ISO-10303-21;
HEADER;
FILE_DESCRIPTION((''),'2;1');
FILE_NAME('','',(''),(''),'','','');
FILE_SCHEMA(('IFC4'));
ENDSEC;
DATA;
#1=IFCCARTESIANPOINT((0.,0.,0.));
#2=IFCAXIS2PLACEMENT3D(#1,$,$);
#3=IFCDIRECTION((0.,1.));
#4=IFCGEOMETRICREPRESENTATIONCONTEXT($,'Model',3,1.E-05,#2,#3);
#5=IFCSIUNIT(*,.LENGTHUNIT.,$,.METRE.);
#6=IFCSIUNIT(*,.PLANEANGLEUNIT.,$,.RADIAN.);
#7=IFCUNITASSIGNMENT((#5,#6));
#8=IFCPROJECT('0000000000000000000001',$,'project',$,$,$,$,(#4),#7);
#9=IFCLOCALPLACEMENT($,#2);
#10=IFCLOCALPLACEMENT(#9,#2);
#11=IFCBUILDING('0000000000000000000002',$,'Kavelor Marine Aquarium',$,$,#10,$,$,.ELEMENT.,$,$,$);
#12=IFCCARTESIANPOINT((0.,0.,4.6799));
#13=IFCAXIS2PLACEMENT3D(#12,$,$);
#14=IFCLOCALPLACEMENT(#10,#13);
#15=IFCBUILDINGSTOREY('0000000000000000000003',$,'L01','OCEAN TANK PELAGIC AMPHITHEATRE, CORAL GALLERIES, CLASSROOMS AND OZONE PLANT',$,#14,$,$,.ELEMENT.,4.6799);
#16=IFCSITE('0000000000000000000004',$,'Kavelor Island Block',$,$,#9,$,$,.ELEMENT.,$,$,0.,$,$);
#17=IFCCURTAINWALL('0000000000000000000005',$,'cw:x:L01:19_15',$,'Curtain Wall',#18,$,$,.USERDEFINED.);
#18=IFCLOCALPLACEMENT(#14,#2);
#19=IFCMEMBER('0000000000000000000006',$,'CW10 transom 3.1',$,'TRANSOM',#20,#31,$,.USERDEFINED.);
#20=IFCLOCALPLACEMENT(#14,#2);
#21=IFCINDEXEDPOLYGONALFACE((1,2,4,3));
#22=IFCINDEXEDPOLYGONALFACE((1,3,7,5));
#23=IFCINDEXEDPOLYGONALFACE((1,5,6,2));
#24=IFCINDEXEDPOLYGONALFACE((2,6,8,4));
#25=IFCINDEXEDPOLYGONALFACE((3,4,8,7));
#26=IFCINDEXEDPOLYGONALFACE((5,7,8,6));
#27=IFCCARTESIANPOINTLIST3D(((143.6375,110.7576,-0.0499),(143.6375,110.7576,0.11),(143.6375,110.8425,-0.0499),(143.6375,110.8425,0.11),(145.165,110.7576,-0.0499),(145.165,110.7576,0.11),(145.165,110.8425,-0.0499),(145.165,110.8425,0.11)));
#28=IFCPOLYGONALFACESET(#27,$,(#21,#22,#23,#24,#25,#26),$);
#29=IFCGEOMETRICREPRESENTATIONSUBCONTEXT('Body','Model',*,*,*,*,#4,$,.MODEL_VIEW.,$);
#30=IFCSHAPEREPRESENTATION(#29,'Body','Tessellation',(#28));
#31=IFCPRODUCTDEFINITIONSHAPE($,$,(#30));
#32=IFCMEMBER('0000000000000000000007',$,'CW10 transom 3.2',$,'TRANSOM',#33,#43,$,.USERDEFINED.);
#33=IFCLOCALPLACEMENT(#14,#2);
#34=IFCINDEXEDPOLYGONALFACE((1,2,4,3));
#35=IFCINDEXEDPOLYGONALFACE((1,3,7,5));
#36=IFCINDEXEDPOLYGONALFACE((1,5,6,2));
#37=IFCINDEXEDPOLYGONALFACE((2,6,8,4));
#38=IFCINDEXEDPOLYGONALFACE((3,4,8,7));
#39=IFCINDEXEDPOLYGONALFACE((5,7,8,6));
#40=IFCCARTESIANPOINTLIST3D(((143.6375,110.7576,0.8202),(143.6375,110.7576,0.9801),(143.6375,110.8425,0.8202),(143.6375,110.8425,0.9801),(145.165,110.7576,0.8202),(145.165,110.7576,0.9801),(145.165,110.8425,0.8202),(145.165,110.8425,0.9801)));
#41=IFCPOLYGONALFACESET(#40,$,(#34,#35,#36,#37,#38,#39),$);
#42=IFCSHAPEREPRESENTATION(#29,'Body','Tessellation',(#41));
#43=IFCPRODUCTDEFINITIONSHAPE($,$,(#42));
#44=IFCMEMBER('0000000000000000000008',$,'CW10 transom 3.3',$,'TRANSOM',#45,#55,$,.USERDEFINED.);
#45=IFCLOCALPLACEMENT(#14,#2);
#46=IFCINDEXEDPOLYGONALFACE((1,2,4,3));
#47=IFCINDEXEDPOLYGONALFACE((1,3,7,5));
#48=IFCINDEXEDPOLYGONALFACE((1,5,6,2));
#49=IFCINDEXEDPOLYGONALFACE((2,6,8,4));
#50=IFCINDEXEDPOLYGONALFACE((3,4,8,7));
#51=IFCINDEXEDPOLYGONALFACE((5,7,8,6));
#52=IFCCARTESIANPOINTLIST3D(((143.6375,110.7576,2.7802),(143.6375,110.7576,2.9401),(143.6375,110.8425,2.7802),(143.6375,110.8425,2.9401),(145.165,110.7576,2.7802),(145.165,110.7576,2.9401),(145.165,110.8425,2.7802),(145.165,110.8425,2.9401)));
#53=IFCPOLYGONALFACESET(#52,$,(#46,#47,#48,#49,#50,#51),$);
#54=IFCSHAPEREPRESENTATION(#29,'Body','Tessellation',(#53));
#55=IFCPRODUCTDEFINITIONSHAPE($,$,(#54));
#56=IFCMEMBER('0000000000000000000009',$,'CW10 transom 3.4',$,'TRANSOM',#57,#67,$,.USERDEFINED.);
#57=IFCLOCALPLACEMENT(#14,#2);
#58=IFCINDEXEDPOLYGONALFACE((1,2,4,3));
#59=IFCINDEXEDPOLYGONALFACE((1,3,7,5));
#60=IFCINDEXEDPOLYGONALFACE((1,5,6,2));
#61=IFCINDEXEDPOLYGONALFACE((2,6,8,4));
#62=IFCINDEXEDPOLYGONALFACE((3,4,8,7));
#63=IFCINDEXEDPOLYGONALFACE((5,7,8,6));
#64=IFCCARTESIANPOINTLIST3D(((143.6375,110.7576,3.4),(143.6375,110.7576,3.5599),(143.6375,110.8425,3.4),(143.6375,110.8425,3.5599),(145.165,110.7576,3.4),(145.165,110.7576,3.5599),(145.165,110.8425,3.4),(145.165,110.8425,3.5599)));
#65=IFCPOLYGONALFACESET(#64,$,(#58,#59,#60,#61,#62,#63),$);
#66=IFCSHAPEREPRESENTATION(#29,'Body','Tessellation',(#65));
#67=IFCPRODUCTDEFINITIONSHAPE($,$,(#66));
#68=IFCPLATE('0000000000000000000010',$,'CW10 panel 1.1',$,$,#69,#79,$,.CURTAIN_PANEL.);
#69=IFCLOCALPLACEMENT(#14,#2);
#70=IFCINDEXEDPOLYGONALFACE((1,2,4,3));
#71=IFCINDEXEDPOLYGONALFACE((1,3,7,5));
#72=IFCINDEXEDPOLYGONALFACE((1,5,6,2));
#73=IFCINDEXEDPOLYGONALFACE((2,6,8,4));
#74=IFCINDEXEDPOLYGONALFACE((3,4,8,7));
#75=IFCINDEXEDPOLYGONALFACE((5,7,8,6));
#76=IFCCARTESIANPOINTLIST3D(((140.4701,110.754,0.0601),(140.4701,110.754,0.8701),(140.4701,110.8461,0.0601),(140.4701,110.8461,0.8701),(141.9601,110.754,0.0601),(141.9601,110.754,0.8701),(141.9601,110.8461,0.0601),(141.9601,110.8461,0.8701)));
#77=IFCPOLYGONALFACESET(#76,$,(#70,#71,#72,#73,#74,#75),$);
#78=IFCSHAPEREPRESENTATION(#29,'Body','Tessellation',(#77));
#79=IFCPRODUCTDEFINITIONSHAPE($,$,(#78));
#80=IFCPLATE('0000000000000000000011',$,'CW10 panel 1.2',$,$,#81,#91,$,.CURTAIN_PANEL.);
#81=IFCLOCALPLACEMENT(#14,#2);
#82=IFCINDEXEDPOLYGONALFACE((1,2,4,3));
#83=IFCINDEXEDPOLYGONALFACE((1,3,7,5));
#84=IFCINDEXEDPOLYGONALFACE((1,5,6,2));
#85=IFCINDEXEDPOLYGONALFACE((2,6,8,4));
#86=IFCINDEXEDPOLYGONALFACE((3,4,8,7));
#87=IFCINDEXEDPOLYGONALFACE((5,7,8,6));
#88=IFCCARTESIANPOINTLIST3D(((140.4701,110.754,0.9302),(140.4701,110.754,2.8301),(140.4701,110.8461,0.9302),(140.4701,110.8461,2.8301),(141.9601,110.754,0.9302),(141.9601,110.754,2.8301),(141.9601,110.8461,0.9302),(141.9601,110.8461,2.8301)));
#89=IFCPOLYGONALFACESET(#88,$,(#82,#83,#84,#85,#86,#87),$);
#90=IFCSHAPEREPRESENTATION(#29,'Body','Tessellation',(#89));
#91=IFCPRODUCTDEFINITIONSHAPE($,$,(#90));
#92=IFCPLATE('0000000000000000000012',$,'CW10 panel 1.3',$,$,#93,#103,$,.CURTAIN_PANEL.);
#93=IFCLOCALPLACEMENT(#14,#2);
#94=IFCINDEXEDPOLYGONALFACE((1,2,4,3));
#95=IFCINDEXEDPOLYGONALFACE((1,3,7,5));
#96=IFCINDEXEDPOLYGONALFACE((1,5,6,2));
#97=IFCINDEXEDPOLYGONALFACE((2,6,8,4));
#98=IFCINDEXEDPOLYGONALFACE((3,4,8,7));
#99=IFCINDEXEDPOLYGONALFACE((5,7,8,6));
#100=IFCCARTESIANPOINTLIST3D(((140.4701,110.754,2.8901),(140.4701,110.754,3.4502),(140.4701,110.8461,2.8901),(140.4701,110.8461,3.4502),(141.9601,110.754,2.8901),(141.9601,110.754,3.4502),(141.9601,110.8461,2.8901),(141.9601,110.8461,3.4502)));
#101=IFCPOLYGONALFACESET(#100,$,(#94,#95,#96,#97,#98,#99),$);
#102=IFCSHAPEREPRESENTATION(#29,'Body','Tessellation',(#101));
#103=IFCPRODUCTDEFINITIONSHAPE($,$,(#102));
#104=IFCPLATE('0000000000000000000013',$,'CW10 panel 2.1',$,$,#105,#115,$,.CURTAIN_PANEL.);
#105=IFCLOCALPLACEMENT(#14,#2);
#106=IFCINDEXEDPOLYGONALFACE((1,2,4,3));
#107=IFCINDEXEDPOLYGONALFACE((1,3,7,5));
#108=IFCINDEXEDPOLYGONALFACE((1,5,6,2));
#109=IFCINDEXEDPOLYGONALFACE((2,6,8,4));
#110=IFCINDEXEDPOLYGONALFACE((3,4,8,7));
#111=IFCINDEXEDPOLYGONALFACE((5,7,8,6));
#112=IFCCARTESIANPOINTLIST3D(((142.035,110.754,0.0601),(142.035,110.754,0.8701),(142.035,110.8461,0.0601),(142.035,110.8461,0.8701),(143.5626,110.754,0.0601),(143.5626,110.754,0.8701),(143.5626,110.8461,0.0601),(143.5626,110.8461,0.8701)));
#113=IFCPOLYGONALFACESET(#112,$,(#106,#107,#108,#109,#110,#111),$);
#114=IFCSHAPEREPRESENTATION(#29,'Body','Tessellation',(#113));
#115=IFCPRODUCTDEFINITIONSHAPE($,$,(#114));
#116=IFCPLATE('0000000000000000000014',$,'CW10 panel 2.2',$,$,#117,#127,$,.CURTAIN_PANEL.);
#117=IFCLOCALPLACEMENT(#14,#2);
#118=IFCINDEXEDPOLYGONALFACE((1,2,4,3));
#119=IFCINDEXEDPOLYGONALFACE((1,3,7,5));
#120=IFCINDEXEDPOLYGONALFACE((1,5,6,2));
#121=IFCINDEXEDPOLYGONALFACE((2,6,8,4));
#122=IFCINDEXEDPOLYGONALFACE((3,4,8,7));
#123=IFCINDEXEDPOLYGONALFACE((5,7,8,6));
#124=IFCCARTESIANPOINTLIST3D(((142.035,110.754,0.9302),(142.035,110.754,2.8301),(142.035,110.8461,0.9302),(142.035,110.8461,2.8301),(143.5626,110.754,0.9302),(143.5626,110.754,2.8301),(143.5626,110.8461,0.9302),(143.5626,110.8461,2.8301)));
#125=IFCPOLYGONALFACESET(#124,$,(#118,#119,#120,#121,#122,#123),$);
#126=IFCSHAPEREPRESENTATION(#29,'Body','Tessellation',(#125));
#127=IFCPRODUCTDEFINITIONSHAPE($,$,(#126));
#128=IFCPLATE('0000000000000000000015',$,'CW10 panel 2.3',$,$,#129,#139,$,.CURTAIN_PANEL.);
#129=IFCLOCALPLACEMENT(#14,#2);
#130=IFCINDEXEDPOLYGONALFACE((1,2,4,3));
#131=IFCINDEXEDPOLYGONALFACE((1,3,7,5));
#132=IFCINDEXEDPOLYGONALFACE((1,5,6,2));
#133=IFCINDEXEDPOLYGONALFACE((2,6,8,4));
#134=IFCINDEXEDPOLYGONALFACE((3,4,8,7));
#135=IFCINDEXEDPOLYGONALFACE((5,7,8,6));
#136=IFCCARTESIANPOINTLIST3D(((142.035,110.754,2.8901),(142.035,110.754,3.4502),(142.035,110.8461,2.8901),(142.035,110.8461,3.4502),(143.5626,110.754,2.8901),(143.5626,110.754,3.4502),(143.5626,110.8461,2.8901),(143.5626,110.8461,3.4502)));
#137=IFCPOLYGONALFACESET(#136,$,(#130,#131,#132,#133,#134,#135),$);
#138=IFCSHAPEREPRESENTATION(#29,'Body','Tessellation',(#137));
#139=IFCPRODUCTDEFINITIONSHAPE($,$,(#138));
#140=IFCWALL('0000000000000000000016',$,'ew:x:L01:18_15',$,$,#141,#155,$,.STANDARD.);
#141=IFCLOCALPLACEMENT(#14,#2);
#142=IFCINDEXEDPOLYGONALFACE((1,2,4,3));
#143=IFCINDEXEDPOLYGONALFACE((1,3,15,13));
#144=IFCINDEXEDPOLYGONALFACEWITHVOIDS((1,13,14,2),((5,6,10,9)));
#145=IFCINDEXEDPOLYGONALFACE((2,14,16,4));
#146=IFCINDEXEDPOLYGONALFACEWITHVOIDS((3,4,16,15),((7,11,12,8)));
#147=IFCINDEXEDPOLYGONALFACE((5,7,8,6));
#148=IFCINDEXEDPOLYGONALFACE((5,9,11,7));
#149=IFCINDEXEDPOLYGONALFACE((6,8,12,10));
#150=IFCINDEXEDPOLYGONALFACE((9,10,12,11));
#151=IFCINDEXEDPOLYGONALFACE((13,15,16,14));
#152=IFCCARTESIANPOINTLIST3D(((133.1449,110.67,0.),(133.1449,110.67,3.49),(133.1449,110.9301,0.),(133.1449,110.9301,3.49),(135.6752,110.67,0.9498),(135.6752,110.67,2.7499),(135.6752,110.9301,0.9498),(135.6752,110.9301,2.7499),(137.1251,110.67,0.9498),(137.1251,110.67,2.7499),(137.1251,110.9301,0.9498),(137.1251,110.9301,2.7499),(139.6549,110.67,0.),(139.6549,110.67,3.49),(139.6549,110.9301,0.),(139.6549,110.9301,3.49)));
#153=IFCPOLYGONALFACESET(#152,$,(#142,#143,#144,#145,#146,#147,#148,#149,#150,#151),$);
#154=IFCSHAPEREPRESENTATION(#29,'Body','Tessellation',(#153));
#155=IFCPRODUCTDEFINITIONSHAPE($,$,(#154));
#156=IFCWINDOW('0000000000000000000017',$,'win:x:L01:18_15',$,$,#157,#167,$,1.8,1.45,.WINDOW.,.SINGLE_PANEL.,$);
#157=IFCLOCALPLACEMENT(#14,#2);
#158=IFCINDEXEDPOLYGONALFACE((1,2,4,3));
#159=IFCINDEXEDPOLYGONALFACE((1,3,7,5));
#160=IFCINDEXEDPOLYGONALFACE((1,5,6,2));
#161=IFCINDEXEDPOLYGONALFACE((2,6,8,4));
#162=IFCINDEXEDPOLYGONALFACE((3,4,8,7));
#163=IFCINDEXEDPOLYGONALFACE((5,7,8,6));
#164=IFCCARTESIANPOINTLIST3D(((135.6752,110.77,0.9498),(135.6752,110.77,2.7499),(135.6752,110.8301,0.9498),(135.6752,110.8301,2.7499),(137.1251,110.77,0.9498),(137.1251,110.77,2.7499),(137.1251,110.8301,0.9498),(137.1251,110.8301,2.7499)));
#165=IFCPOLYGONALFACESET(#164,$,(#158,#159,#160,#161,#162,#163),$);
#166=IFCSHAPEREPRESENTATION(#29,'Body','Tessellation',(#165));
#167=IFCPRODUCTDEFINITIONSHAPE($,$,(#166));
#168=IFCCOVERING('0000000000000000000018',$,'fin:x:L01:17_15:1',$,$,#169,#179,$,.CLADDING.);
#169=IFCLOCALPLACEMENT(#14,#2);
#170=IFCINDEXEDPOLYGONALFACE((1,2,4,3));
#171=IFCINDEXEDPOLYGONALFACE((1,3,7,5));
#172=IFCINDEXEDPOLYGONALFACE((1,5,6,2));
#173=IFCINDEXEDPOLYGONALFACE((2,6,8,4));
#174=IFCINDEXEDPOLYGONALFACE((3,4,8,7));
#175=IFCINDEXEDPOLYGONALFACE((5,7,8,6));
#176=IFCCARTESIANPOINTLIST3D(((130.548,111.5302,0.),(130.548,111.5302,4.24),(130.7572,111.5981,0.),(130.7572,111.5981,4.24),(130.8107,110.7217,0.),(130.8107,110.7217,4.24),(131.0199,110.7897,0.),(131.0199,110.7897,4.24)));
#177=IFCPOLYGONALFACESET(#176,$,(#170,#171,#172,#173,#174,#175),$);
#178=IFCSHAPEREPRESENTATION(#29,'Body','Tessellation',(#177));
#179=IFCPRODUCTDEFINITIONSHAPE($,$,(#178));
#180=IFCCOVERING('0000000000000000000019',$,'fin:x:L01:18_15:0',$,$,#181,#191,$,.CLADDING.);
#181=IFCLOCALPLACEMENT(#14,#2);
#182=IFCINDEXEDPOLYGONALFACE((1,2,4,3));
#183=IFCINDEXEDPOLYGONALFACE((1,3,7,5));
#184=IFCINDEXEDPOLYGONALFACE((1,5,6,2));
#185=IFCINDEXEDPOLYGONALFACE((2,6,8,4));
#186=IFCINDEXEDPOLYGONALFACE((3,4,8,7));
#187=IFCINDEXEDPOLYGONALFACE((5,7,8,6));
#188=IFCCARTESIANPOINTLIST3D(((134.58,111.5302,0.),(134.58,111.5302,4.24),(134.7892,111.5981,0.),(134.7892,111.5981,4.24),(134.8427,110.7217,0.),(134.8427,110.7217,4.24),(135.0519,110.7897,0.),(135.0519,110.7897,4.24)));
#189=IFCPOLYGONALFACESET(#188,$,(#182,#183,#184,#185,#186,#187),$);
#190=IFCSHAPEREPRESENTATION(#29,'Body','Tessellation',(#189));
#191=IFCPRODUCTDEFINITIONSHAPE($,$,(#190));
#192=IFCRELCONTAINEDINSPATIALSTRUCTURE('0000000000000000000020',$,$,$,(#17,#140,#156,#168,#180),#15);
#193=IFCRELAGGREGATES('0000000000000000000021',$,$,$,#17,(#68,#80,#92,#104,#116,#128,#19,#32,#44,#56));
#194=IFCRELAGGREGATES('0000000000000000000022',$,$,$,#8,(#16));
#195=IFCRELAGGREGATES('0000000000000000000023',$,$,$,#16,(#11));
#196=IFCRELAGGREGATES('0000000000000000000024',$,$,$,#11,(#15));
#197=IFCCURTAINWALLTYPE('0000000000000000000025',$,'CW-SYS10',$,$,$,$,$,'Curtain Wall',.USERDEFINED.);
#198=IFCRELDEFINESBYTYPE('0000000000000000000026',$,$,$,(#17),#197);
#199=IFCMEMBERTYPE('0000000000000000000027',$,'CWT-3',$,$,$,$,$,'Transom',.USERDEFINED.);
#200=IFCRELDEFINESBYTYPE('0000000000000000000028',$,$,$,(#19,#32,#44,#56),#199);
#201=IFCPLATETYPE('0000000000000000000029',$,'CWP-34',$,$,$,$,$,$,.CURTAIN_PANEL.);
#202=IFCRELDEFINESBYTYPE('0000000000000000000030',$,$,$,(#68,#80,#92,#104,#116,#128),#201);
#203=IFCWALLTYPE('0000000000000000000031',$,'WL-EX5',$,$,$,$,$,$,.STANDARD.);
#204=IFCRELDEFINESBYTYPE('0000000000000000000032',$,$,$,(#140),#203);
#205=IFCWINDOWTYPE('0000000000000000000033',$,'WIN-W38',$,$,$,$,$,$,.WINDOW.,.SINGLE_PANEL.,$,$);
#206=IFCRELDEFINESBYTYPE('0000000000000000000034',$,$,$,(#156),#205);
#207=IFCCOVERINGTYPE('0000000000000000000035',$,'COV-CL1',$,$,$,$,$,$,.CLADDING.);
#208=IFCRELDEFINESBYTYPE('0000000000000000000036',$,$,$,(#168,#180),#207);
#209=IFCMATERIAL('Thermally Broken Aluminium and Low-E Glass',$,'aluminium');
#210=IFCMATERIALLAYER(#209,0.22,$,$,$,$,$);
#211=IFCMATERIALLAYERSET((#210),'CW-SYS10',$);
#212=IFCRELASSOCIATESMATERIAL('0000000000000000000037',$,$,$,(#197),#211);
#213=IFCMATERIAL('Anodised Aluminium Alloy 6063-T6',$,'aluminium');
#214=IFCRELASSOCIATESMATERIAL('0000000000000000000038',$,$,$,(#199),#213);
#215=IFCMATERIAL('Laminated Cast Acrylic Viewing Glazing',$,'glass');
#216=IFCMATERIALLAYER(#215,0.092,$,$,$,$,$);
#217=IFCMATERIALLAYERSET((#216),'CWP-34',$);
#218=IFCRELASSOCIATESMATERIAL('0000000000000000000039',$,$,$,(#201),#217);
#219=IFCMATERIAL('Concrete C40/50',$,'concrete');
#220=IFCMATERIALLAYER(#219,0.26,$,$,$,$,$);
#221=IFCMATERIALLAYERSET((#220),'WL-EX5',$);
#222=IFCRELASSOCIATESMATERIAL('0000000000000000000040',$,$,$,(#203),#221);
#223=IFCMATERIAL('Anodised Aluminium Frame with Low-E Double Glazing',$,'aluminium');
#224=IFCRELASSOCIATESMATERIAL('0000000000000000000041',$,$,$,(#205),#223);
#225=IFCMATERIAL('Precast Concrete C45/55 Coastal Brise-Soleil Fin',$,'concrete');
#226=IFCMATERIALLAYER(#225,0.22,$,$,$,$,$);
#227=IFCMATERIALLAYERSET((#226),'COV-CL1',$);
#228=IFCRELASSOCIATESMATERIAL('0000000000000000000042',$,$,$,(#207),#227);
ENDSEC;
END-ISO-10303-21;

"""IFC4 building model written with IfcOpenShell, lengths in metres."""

from ifc_helpers import new_model, si_unit, direction, frame, frame_2d, origin, origin_2d, place, context, subcontext, project, spatial, rectangle, extrude, material, layer, layer_set, material_profile, profile_set, type_object, element, fill, aggregate, save


model = new_model("IFC4")

# Units and contexts
model_context = context("Model", 3, precision=1e-05, world=origin(), true_north=direction((0.0, 1.0)))
body_context = subcontext(model_context, "Body", "Model", "MODEL_VIEW")
ifc_project = project(units=[si_unit("LENGTHUNIT", "METRE"), si_unit("PLANEANGLEUNIT", "RADIAN")], contexts=[model_context])

# Site, building, storey
site_placement = place(None, origin())
site = spatial("IfcSite", under=ifc_project, at=site_placement, Name="Kavelor Island Block", CompositionType="ELEMENT", RefElevation=0.0)
building_placement = place(site_placement, origin())
building = spatial("IfcBuilding", under=site, at=building_placement, Name="Kavelor Marine Aquarium", CompositionType="ELEMENT")
storey_placement = place(building_placement, frame((0.0, 0.0, 4.6799)))
storey = spatial("IfcBuildingStorey", under=building, at=storey_placement, Name="L01", Description="OCEAN TANK PELAGIC AMPHITHEATRE, CORAL GALLERIES, CLASSROOMS AND OZONE PLANT", CompositionType="ELEMENT", Elevation=4.6799)

# Curtain wall, members, plates
ifc_material_1 = material(Name="Thermally Broken Aluminium and Low-E Glass", Category="aluminium")
ifc_layer_1 = layer(ifc_material_1, 0.22)
ifc_layer_set_1 = layer_set([ifc_layer_1], Name="CW-SYS10")
curtain_wall_type = type_object("IfcCurtainWallType", Name="CW-SYS10", ElementType="Curtain Wall", PredefinedType="USERDEFINED", material=ifc_layer_set_1)
curtain_wall_placement = place(storey_placement, origin())
curtain_wall = element("IfcCurtainWall", 1, at=curtain_wall_placement, inside=storey, type_object=curtain_wall_type, Name="cw:x:L01:19_15", ObjectType="Curtain Wall", PredefinedType="USERDEFINED")
ifc_material_2 = material(Name="Anodised Aluminium Alloy 6063-T6", Category="aluminium")
ifc_material_profile_1 = material_profile(ifc_material_2, rectangle(XDim=0.085, YDim=0.1599, at=origin_2d()), Name="CW-TRN 85x160")
ifc_profile_set_1 = profile_set([ifc_material_profile_1], Name="Anodised Aluminium Alloy 6063-T6")
member_type_1 = type_object("IfcMemberType", Name="CWT-3", ElementType="Transom", PredefinedType="USERDEFINED", material=ifc_profile_set_1)
member_1_placement = place(storey_placement, frame((143.6375, 110.8, 0.03), z_axis=(1.0, 0.0, 0.0), x_axis=(0.0, 1.0, 0.0)))
member_1 = element("IfcMember", 2, at=member_1_placement, type_object=member_type_1, Name="CW10 transom 3.1", ObjectType="TRANSOM", PredefinedType="USERDEFINED", context=body_context, shape_type="SweptSolid", body=[
    extrude(rectangle(XDim=0.085, YDim=0.1599, at=origin_2d()), origin(), (0.0, 0.0, 1.0), 1.5276),
])
member_2_placement = place(storey_placement, frame((143.6375, 110.8, 0.9001), z_axis=(1.0, 0.0, 0.0), x_axis=(0.0, 1.0, 0.0)))
member_2 = element("IfcMember", 3, at=member_2_placement, type_object=member_type_1, Name="CW10 transom 3.2", ObjectType="TRANSOM", PredefinedType="USERDEFINED", context=body_context, shape_type="SweptSolid", body=[
    extrude(rectangle(XDim=0.085, YDim=0.1599, at=origin_2d()), origin(), (0.0, 0.0, 1.0), 1.5276),
])
member_3_placement = place(storey_placement, frame((143.6375, 110.8, 2.8601), z_axis=(1.0, 0.0, 0.0), x_axis=(0.0, 1.0, 0.0)))
member_3 = element("IfcMember", 4, at=member_3_placement, type_object=member_type_1, Name="CW10 transom 3.3", ObjectType="TRANSOM", PredefinedType="USERDEFINED", context=body_context, shape_type="SweptSolid", body=[
    extrude(rectangle(XDim=0.085, YDim=0.1599, at=origin_2d()), origin(), (0.0, 0.0, 1.0), 1.5276),
])
member_4_placement = place(storey_placement, frame((143.6375, 110.8, 3.48), z_axis=(1.0, 0.0, 0.0), x_axis=(0.0, 1.0, 0.0)))
member_4 = element("IfcMember", 5, at=member_4_placement, type_object=member_type_1, Name="CW10 transom 3.4", ObjectType="TRANSOM", PredefinedType="USERDEFINED", context=body_context, shape_type="SweptSolid", body=[
    extrude(rectangle(XDim=0.085, YDim=0.1599, at=origin_2d()), origin(), (0.0, 0.0, 1.0), 1.5276),
])
ifc_material_3 = material(Name="Laminated Cast Acrylic Viewing Glazing", Category="glass")
ifc_layer_2 = layer(ifc_material_3, 0.092)
ifc_layer_set_2 = layer_set([ifc_layer_2], Name="CWP-34")
plate_type = type_object("IfcPlateType", Name="CWP-34", PredefinedType="CURTAIN_PANEL", material=ifc_layer_set_2)
plate_1_placement = place(storey_placement, frame((141.2151, 110.8, 0.0601), z_axis=(0.0, 0.0, 1.0), x_axis=(1.0, 0.0, 0.0)))
plate_1 = element("IfcPlate", 6, at=plate_1_placement, type_object=plate_type, Name="CW10 panel 1.1", PredefinedType="CURTAIN_PANEL", context=body_context, shape_type="SweptSolid", body=[
    extrude(rectangle(XDim=1.49, YDim=0.092, at=origin_2d()), origin(), (0.0, 0.0, 1.0), 0.8101),
])
plate_2_placement = place(storey_placement, frame((141.2151, 110.8, 0.9302), z_axis=(0.0, 0.0, 1.0), x_axis=(1.0, 0.0, 0.0)))
plate_2 = element("IfcPlate", 7, at=plate_2_placement, type_object=plate_type, Name="CW10 panel 1.2", PredefinedType="CURTAIN_PANEL", context=body_context, shape_type="SweptSolid", body=[
    extrude(rectangle(XDim=1.49, YDim=0.092, at=origin_2d()), origin(), (0.0, 0.0, 1.0), 1.8999),
])
plate_3_placement = place(storey_placement, frame((141.2151, 110.8, 2.8901), z_axis=(0.0, 0.0, 1.0), x_axis=(1.0, 0.0, 0.0)))
plate_3 = element("IfcPlate", 8, at=plate_3_placement, type_object=plate_type, Name="CW10 panel 1.3", PredefinedType="CURTAIN_PANEL", context=body_context, shape_type="SweptSolid", body=[
    extrude(rectangle(XDim=1.49, YDim=0.092, at=origin_2d()), origin(), (0.0, 0.0, 1.0), 0.5601),
])
plate_4_placement = place(storey_placement, frame((142.7988, 110.8, 0.0601), z_axis=(0.0, 0.0, 1.0), x_axis=(1.0, 0.0, 0.0)))
plate_4 = element("IfcPlate", 9, at=plate_4_placement, type_object=plate_type, Name="CW10 panel 2.1", PredefinedType="CURTAIN_PANEL", context=body_context, shape_type="SweptSolid", body=[
    extrude(rectangle(XDim=1.5276, YDim=0.092, at=origin_2d()), origin(), (0.0, 0.0, 1.0), 0.8101),
])
plate_5_placement = place(storey_placement, frame((142.7988, 110.8, 0.9302), z_axis=(0.0, 0.0, 1.0), x_axis=(1.0, 0.0, 0.0)))
plate_5 = element("IfcPlate", 10, at=plate_5_placement, type_object=plate_type, Name="CW10 panel 2.2", PredefinedType="CURTAIN_PANEL", context=body_context, shape_type="SweptSolid", body=[
    extrude(rectangle(XDim=1.5276, YDim=0.092, at=origin_2d()), origin(), (0.0, 0.0, 1.0), 1.8999),
])
plate_6_placement = place(storey_placement, frame((142.7988, 110.8, 2.8901), z_axis=(0.0, 0.0, 1.0), x_axis=(1.0, 0.0, 0.0)))
plate_6 = element("IfcPlate", 11, at=plate_6_placement, type_object=plate_type, Name="CW10 panel 2.3", PredefinedType="CURTAIN_PANEL", context=body_context, shape_type="SweptSolid", body=[
    extrude(rectangle(XDim=1.5276, YDim=0.092, at=origin_2d()), origin(), (0.0, 0.0, 1.0), 0.5601),
])
aggregate(curtain_wall, [plate_1, plate_2, plate_3, plate_4, plate_5, plate_6, member_1, member_2, member_3, member_4])

# Wall, opening, window
ifc_material_4 = material(Name="Concrete C40/50", Category="concrete")
ifc_layer_3 = layer(ifc_material_4, 0.26)
ifc_layer_set_3 = layer_set([ifc_layer_3], Name="WL-EX5")
wall_type = type_object("IfcWallType", Name="WL-EX5", PredefinedType="STANDARD", material=ifc_layer_set_3)
wall_placement = place(storey_placement, frame((133.145, 110.8, 0.0), z_axis=(0.0, 0.0, 1.0), x_axis=(1.0, 0.0, 0.0)))
wall = element("IfcWall", 12, at=wall_placement, inside=storey, type_object=wall_type, Name="ew:x:L01:18_15", PredefinedType="STANDARD", context=body_context, shape_type="SweptSolid", body=[
    extrude(rectangle(XDim=6.51, YDim=0.26, at=frame_2d((3.2549, 0.0))), origin(), (0.0, 0.0, 1.0), 3.49),
])
opening_placement = place(wall_placement, frame((2.53, 0.0, 0.95)))
opening = element("IfcOpeningElement", 13, at=opening_placement, cuts=wall, PredefinedType="OPENING", context=body_context, shape_type="SweptSolid", body=[
    extrude(rectangle(XDim=1.45, YDim=1.8, at=frame_2d((0.7251, 0.8999))), frame((0.0, 0.1399, 0.0), z_axis=(0.0, -1.0, 0.0), x_axis=(1.0, 0.0, 0.0)), (0.0, 0.0, 1.0), 0.28),
])
ifc_material_5 = material(Name="Anodised Aluminium Frame with Low-E Double Glazing", Category="aluminium")
window_type = type_object("IfcWindowType", Name="WIN-W38", PartitioningType="SINGLE_PANEL", PredefinedType="WINDOW", material=ifc_material_5)
window_placement = place(opening_placement, origin())
window = element("IfcWindow", 14, at=window_placement, inside=storey, type_object=window_type, Name="win:x:L01:18_15", OverallHeight=1.8, OverallWidth=1.45, PartitioningType="SINGLE_PANEL", PredefinedType="WINDOW", context=body_context, shape_type="SweptSolid", body=[
    extrude(rectangle(XDim=1.45, YDim=1.8, at=frame_2d((0.7251, 0.8999))), frame((0.0, 0.03, 0.0), z_axis=(0.0, -1.0, 0.0), x_axis=(1.0, 0.0, 0.0)), (0.0, 0.0, 1.0), 0.0601),
])
fill(opening, window)

# Coverings
ifc_material_6 = material(Name="Precast Concrete C45/55 Coastal Brise-Soleil Fin", Category="concrete")
ifc_layer_4 = layer(ifc_material_6, 0.22)
ifc_layer_set_4 = layer_set([ifc_layer_4], Name="COV-CL1")
covering_type = type_object("IfcCoveringType", Name="COV-CL1", PredefinedType="CLADDING", material=ifc_layer_set_4)
for number, where, z_axis, x_axis, name in (
    (15, (130.7839, 111.1599, 0.0), (0.0, 0.0, 1.0), (0.951057, 0.309017, 0.0), "fin:x:L01:17_15:1"),
    (16, (134.8159, 111.1599, 0.0), (0.0, 0.0, 1.0), (0.951057, 0.309017, 0.0), "fin:x:L01:18_15:0"),
):
    element("IfcCovering", number, at=place(storey_placement, frame(where, z_axis=z_axis, x_axis=x_axis)), inside=storey, type_object=covering_type, Name=name, PredefinedType="CLADDING", context=body_context, shape_type="SweptSolid", body=[
        extrude(rectangle(XDim=0.22, YDim=0.8501, at=origin_2d()), origin(), (0.0, 0.0, 1.0), 4.24),
    ])

save(model, "model.ifc")
